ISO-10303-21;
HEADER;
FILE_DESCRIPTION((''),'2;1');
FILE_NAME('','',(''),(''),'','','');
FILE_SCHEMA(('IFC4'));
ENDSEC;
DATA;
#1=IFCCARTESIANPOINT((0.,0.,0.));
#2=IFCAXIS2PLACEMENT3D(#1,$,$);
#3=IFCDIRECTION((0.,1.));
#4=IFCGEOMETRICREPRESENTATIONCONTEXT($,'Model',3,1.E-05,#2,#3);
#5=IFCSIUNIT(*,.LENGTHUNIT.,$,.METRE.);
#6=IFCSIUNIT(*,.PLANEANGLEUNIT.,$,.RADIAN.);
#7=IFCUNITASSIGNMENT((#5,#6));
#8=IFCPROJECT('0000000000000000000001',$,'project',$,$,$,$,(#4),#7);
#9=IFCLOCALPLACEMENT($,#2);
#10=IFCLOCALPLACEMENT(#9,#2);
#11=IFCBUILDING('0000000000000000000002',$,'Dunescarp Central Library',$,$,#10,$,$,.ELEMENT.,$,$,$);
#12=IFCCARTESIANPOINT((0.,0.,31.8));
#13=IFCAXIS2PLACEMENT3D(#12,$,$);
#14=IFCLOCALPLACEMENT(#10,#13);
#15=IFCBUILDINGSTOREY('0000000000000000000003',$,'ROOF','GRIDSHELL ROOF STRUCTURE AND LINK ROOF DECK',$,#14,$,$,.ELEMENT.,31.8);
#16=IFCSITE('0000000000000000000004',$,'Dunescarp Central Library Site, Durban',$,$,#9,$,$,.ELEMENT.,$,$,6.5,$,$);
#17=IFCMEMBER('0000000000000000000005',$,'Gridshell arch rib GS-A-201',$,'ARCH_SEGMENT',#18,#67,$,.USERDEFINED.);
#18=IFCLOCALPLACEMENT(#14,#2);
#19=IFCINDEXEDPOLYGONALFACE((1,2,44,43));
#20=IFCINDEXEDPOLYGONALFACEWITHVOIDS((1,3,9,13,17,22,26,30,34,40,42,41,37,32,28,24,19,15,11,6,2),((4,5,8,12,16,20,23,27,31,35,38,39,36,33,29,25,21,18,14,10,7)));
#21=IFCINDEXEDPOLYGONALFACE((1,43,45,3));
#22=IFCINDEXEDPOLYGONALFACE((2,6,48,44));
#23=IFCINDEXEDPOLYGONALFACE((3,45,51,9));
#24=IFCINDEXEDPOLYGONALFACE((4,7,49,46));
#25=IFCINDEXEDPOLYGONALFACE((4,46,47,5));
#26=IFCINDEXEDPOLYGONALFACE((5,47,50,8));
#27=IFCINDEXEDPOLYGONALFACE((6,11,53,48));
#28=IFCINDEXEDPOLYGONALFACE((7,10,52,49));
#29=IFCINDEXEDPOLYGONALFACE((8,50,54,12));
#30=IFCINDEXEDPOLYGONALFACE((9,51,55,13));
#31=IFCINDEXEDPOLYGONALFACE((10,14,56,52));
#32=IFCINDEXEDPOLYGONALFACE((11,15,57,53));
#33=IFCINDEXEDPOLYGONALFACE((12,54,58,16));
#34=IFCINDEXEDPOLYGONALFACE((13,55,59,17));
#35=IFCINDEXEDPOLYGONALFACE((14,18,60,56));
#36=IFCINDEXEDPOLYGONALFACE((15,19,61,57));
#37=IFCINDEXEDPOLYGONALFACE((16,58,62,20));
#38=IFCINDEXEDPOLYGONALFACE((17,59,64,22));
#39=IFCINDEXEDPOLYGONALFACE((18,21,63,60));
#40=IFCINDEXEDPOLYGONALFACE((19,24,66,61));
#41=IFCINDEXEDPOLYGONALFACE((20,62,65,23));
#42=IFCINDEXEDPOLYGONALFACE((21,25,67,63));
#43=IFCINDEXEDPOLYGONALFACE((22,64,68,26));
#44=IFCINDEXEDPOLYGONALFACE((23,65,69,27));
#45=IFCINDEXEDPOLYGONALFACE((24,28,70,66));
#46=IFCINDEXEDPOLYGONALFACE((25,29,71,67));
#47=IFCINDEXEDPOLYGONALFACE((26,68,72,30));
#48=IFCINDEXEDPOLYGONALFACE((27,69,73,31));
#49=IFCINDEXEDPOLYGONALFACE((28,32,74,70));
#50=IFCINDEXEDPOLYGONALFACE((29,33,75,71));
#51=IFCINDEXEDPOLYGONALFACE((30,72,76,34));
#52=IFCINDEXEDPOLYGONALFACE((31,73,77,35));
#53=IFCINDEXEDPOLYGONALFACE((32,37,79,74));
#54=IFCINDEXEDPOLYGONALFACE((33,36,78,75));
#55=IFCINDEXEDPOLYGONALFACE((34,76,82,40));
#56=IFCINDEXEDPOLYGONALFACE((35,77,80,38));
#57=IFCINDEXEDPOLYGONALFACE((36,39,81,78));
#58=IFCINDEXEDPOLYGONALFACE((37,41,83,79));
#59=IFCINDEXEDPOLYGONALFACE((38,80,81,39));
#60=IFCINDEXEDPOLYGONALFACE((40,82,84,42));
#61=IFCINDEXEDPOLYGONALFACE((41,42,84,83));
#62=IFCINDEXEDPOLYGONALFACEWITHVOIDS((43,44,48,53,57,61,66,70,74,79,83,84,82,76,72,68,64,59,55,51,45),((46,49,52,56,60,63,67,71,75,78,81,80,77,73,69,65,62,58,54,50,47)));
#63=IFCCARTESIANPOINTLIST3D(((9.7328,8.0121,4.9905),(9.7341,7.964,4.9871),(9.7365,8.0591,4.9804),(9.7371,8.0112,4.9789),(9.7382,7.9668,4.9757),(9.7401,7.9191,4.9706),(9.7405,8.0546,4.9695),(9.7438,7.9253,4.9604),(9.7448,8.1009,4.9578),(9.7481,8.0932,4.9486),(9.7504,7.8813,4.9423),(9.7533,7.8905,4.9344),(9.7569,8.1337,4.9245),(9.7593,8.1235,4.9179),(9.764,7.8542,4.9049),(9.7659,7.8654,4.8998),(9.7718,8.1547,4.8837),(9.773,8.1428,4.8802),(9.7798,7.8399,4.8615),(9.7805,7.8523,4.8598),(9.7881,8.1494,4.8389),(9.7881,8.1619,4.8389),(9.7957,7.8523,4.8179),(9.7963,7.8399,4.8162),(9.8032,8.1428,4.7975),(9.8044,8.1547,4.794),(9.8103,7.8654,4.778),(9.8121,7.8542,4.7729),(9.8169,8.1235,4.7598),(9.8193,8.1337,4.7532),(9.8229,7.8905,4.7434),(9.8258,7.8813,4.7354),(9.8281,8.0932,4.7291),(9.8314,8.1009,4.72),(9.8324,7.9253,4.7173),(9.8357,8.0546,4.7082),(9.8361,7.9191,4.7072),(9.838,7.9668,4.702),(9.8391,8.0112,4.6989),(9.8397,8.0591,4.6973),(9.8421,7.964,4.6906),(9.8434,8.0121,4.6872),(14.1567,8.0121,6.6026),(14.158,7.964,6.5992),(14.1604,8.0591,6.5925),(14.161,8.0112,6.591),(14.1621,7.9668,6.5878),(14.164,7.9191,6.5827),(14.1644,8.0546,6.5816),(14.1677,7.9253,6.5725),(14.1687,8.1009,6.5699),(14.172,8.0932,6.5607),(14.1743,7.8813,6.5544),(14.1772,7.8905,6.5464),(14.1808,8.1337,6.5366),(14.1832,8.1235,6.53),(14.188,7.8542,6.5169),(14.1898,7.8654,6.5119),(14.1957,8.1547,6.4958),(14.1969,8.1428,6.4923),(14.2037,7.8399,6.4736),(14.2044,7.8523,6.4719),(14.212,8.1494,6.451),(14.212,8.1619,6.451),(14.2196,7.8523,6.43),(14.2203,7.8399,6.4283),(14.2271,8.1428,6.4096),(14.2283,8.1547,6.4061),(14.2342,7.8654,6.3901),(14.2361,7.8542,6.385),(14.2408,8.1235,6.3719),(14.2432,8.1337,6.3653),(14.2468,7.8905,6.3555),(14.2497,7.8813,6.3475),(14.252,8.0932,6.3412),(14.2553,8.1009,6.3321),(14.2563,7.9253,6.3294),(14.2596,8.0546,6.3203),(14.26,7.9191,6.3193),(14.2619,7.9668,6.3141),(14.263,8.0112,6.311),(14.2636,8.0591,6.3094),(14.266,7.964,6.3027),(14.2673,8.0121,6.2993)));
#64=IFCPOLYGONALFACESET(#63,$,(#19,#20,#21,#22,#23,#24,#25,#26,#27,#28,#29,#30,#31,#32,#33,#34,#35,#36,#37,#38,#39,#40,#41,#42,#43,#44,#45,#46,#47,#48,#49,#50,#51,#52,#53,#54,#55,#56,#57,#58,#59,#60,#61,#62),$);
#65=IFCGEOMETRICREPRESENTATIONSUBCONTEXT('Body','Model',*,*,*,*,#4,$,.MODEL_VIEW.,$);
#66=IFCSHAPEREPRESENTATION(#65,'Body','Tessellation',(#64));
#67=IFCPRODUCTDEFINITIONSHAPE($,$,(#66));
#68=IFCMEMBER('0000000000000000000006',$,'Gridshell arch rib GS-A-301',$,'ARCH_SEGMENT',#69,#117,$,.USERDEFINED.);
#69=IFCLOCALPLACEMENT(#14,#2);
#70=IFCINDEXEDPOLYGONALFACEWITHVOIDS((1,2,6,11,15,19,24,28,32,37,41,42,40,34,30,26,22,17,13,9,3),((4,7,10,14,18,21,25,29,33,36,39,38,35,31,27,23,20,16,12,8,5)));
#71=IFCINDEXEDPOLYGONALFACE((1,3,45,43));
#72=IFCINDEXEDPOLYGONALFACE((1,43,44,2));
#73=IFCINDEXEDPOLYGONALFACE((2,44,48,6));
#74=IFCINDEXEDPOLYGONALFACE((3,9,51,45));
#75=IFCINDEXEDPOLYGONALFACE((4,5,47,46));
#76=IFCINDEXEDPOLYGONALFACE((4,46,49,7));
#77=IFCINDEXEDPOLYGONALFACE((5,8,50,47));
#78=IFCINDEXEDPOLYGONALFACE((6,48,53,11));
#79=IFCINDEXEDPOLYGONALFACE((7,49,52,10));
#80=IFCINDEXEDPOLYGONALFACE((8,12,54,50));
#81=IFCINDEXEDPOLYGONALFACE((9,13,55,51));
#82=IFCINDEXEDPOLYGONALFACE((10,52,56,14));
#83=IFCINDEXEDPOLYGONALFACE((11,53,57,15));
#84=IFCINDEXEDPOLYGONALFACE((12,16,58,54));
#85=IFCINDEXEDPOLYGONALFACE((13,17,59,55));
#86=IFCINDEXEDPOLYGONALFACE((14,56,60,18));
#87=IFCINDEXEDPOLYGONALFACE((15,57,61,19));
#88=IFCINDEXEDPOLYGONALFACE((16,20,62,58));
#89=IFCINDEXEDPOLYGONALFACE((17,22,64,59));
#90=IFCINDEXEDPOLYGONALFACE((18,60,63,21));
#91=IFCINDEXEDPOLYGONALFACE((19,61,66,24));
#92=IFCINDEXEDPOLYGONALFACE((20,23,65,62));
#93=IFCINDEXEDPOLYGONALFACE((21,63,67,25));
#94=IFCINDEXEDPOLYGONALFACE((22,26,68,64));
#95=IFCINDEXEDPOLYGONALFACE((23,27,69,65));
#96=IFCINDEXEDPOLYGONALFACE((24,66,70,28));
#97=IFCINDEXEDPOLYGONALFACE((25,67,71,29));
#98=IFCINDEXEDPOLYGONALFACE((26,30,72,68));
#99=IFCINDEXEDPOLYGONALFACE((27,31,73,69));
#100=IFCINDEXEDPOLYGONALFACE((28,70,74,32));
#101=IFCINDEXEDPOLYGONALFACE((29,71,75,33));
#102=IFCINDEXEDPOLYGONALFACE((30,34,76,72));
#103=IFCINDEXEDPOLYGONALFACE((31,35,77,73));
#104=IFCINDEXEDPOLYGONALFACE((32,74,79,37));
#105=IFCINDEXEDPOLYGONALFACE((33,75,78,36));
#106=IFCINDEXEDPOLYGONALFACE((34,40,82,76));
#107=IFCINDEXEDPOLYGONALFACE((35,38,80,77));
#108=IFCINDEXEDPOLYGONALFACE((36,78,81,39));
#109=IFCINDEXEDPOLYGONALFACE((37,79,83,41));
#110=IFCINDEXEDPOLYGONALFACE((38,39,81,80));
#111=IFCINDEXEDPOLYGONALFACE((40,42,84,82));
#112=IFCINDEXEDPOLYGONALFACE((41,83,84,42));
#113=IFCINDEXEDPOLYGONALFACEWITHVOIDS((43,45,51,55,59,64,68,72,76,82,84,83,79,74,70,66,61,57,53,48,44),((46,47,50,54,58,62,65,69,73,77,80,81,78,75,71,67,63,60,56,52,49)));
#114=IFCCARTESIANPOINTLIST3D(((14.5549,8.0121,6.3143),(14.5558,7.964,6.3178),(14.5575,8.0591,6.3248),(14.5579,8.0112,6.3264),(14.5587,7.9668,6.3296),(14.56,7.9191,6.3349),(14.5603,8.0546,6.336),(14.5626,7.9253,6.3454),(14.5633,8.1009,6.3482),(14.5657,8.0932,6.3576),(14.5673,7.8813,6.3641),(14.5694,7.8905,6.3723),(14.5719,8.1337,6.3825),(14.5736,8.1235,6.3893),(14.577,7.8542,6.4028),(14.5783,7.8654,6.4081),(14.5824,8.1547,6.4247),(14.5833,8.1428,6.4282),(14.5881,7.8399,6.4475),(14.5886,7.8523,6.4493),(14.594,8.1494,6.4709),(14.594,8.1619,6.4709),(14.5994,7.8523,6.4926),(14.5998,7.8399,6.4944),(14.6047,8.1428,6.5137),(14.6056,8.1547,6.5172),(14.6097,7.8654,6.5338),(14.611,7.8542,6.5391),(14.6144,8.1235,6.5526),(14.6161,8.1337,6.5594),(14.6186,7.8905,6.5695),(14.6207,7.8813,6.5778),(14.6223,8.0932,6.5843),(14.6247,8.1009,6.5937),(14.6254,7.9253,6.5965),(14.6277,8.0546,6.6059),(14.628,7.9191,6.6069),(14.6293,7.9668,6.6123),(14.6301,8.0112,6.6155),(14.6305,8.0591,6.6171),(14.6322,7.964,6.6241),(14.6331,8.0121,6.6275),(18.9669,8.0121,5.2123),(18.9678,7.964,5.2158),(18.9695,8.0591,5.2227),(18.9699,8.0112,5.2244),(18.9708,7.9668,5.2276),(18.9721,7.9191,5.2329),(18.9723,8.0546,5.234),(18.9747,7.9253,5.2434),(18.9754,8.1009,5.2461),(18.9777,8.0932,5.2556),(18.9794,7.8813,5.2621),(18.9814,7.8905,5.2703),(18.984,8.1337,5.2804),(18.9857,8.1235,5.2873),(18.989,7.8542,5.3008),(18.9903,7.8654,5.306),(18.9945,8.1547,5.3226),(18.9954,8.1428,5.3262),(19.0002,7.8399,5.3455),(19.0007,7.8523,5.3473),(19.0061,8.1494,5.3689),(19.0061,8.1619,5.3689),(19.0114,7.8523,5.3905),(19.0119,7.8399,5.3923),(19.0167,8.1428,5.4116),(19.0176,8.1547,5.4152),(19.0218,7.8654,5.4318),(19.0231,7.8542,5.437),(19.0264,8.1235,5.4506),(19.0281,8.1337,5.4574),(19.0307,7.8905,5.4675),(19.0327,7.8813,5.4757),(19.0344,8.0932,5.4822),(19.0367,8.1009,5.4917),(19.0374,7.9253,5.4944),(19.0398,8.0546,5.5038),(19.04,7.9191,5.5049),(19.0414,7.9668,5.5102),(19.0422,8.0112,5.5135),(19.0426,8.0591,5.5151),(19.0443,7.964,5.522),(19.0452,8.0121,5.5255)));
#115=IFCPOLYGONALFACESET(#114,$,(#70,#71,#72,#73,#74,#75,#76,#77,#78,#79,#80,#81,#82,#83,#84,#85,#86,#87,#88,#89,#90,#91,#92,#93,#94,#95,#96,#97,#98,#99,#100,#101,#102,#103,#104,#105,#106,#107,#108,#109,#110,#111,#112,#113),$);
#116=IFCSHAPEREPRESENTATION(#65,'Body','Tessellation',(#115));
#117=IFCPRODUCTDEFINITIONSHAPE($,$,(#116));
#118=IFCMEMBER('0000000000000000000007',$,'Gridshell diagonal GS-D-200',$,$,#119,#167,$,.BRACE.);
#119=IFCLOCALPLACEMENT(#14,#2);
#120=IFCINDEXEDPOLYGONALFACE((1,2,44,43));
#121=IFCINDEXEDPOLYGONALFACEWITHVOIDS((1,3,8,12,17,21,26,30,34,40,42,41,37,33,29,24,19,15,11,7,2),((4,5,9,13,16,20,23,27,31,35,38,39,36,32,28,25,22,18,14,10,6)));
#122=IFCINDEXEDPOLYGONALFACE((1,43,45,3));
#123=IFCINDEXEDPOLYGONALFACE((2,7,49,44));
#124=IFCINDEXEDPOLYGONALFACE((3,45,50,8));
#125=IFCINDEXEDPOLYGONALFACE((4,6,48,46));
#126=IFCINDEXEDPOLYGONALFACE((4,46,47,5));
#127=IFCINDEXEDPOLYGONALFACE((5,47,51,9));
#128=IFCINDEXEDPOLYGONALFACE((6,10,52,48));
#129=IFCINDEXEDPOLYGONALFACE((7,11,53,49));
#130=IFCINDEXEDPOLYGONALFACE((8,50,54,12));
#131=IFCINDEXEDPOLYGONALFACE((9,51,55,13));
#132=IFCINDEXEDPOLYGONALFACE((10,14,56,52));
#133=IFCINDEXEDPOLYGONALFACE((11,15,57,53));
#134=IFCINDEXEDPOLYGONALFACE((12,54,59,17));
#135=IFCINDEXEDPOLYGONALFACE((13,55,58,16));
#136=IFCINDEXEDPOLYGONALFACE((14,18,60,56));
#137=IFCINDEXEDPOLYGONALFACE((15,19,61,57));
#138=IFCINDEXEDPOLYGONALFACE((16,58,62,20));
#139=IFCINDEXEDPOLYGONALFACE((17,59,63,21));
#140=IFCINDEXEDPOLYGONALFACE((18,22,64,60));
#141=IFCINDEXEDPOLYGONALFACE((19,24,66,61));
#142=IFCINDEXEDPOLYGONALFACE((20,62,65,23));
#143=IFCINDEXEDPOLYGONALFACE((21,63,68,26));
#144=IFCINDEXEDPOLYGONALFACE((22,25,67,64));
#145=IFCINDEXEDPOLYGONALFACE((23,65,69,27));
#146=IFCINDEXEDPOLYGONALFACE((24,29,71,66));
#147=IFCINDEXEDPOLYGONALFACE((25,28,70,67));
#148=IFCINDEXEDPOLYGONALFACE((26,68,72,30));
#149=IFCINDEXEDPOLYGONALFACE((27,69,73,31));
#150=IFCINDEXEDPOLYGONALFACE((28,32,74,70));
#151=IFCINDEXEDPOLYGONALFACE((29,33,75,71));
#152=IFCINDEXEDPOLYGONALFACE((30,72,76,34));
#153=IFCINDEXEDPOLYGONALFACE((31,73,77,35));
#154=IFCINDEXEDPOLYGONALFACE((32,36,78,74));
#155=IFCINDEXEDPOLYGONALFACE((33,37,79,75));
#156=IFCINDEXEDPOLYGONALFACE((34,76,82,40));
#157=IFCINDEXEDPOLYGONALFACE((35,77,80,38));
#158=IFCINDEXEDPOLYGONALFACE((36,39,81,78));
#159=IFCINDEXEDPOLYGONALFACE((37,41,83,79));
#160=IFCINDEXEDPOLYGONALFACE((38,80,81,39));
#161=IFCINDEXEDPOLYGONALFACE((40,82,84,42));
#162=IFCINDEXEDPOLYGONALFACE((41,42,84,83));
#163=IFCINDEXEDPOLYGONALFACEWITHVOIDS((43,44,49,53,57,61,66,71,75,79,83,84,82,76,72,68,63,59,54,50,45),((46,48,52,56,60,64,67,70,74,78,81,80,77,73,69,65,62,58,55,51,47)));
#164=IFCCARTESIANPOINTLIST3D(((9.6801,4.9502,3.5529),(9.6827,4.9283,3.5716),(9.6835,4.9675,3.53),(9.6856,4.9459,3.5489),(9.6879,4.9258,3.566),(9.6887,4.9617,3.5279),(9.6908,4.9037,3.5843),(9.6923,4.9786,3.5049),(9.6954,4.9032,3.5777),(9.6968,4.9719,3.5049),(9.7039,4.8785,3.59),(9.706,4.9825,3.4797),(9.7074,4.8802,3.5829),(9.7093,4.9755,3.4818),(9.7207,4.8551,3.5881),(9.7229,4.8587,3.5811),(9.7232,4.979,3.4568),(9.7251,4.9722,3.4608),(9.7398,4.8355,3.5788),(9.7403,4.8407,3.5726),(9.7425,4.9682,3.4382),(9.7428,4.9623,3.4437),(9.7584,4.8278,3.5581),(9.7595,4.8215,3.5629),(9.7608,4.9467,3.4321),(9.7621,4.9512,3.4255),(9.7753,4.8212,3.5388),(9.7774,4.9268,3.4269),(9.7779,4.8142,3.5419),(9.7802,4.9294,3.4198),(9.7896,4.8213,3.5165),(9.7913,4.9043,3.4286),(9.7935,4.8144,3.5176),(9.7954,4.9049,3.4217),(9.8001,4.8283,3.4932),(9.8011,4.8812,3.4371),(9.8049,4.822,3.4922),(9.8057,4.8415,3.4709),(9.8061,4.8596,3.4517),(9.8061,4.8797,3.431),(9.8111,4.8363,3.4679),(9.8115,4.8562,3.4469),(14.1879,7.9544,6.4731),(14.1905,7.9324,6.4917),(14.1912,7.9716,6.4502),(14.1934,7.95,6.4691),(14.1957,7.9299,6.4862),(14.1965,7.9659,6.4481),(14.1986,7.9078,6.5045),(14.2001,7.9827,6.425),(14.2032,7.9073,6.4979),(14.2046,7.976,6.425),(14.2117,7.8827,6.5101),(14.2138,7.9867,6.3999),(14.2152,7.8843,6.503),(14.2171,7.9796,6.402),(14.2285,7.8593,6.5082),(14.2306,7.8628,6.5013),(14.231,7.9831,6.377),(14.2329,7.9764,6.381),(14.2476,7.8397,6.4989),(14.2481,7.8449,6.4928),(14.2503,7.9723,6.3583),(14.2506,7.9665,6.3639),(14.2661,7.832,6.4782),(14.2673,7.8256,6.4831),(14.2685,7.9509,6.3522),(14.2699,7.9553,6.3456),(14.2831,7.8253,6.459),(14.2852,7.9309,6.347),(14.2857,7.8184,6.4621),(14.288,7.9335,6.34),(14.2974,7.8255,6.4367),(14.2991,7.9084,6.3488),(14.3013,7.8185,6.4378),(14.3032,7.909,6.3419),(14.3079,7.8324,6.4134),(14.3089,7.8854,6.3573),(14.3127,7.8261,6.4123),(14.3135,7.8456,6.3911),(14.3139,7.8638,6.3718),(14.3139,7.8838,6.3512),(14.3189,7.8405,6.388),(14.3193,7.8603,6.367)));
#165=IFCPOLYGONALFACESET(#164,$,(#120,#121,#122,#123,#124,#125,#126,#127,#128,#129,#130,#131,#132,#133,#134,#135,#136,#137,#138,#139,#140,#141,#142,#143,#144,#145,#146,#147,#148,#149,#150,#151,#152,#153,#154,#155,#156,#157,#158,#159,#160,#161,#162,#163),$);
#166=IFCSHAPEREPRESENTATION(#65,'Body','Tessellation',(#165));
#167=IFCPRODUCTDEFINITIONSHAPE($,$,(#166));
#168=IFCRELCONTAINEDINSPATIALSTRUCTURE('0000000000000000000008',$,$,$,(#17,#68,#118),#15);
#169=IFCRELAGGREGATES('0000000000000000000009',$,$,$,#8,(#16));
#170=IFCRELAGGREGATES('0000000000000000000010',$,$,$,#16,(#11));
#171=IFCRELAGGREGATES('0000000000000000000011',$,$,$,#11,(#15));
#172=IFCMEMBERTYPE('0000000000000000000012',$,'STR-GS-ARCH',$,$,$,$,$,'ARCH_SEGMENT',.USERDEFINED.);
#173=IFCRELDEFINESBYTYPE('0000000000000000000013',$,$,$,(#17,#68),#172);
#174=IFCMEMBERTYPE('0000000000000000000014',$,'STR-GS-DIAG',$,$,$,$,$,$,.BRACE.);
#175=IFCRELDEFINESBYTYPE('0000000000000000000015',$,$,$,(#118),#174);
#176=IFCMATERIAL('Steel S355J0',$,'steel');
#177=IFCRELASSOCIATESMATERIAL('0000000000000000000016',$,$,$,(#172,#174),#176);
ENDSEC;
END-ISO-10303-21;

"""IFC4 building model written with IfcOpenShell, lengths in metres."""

from ifc_helpers import new_model, si_unit, direction, frame, origin, origin_2d, place, context, subcontext, project, spatial, hollow_circle, extrude, material, material_profile, profile_set, type_object, element, save


model = new_model("IFC4")

# Units and contexts
model_context = context("Model", 3, precision=1e-05, world=origin(), true_north=direction((0.0, 1.0)))
body_context = subcontext(model_context, "Body", "Model", "MODEL_VIEW")
ifc_project = project(units=[si_unit("LENGTHUNIT", "METRE"), si_unit("PLANEANGLEUNIT", "RADIAN")], contexts=[model_context])

# Site, building, storey
site_placement = place(None, origin())
site = spatial("IfcSite", under=ifc_project, at=site_placement, Name="Dunescarp Central Library Site, Durban", CompositionType="ELEMENT", RefElevation=6.5)
building_placement = place(site_placement, origin())
building = spatial("IfcBuilding", under=site, at=building_placement, Name="Dunescarp Central Library", CompositionType="ELEMENT")
storey_placement = place(building_placement, frame((0.0, 0.0, 31.8)))
storey = spatial("IfcBuildingStorey", under=building, at=storey_placement, Name="ROOF", Description="GRIDSHELL ROOF STRUCTURE AND LINK ROOF DECK", CompositionType="ELEMENT", Elevation=31.8)

# Members
ifc_material_1 = material(Name="Steel S355J0", Category="steel")
ifc_material_profile_1 = material_profile(ifc_material_1, hollow_circle(Radius=0.1619, WallThickness=0.0125, at=origin_2d()), Name="CHS 323.9x12.5")
ifc_profile_set_1 = profile_set([ifc_material_profile_1], Name="Steel S355J0")
member_type_1 = type_object("IfcMemberType", Name="STR-GS-ARCH", ElementType="ARCH_SEGMENT", PredefinedType="USERDEFINED", material=ifc_profile_set_1)
member_1_placement = place(storey_placement, frame((9.7881, 8.0, 4.8389), z_axis=(0.939562, 0.0, 0.34238), x_axis=(0.0, 1.0, 0.0)))
element("IfcMember", 1, at=member_1_placement, inside=storey, type_object=member_type_1, Name="Gridshell arch rib GS-A-201", ObjectType="ARCH_SEGMENT", PredefinedType="USERDEFINED", context=body_context, shape_type="SweptSolid", body=[
    extrude(hollow_circle(Radius=0.1619, WallThickness=0.0125, at=origin_2d()), origin(), (0.0, 0.0, 1.0), 4.7085),
])
member_2_placement = place(storey_placement, frame((14.594, 8.0, 6.4709), z_axis=(0.970193, 0.0, -0.242334), x_axis=(0.0, 1.0, 0.0)))
element("IfcMember", 2, at=member_2_placement, inside=storey, type_object=member_type_1, Name="Gridshell arch rib GS-A-301", ObjectType="ARCH_SEGMENT", PredefinedType="USERDEFINED", context=body_context, shape_type="SweptSolid", body=[
    extrude(hollow_circle(Radius=0.1619, WallThickness=0.0125, at=origin_2d()), origin(), (0.0, 0.0, 1.0), 4.5476),
])
ifc_material_profile_2 = material_profile(ifc_material_1, hollow_circle(Radius=0.0969, WallThickness=0.0081, at=origin_2d()), Name="CHS 193.7x8")
ifc_profile_set_2 = profile_set([ifc_material_profile_2], Name="Steel S355J0")
member_type_2 = type_object("IfcMemberType", Name="STR-GS-DIAG", PredefinedType="BRACE", material=ifc_profile_set_2)
member_3_placement = place(storey_placement, frame((9.7461, 4.8979, 3.5049), z_axis=(0.732492, 0.488156, 0.474509), x_axis=(-0.554565, 0.83214, 0.0)))
element("IfcMember", 3, at=member_3_placement, inside=storey, type_object=member_type_2, Name="Gridshell diagonal GS-D-200", PredefinedType="BRACE", context=body_context, shape_type="SweptSolid", body=[
    extrude(hollow_circle(Radius=0.0969, WallThickness=0.0081, at=origin_2d()), origin(), (0.0, 0.0, 1.0), 6.1541),
])

save(model, "model.ifc")
